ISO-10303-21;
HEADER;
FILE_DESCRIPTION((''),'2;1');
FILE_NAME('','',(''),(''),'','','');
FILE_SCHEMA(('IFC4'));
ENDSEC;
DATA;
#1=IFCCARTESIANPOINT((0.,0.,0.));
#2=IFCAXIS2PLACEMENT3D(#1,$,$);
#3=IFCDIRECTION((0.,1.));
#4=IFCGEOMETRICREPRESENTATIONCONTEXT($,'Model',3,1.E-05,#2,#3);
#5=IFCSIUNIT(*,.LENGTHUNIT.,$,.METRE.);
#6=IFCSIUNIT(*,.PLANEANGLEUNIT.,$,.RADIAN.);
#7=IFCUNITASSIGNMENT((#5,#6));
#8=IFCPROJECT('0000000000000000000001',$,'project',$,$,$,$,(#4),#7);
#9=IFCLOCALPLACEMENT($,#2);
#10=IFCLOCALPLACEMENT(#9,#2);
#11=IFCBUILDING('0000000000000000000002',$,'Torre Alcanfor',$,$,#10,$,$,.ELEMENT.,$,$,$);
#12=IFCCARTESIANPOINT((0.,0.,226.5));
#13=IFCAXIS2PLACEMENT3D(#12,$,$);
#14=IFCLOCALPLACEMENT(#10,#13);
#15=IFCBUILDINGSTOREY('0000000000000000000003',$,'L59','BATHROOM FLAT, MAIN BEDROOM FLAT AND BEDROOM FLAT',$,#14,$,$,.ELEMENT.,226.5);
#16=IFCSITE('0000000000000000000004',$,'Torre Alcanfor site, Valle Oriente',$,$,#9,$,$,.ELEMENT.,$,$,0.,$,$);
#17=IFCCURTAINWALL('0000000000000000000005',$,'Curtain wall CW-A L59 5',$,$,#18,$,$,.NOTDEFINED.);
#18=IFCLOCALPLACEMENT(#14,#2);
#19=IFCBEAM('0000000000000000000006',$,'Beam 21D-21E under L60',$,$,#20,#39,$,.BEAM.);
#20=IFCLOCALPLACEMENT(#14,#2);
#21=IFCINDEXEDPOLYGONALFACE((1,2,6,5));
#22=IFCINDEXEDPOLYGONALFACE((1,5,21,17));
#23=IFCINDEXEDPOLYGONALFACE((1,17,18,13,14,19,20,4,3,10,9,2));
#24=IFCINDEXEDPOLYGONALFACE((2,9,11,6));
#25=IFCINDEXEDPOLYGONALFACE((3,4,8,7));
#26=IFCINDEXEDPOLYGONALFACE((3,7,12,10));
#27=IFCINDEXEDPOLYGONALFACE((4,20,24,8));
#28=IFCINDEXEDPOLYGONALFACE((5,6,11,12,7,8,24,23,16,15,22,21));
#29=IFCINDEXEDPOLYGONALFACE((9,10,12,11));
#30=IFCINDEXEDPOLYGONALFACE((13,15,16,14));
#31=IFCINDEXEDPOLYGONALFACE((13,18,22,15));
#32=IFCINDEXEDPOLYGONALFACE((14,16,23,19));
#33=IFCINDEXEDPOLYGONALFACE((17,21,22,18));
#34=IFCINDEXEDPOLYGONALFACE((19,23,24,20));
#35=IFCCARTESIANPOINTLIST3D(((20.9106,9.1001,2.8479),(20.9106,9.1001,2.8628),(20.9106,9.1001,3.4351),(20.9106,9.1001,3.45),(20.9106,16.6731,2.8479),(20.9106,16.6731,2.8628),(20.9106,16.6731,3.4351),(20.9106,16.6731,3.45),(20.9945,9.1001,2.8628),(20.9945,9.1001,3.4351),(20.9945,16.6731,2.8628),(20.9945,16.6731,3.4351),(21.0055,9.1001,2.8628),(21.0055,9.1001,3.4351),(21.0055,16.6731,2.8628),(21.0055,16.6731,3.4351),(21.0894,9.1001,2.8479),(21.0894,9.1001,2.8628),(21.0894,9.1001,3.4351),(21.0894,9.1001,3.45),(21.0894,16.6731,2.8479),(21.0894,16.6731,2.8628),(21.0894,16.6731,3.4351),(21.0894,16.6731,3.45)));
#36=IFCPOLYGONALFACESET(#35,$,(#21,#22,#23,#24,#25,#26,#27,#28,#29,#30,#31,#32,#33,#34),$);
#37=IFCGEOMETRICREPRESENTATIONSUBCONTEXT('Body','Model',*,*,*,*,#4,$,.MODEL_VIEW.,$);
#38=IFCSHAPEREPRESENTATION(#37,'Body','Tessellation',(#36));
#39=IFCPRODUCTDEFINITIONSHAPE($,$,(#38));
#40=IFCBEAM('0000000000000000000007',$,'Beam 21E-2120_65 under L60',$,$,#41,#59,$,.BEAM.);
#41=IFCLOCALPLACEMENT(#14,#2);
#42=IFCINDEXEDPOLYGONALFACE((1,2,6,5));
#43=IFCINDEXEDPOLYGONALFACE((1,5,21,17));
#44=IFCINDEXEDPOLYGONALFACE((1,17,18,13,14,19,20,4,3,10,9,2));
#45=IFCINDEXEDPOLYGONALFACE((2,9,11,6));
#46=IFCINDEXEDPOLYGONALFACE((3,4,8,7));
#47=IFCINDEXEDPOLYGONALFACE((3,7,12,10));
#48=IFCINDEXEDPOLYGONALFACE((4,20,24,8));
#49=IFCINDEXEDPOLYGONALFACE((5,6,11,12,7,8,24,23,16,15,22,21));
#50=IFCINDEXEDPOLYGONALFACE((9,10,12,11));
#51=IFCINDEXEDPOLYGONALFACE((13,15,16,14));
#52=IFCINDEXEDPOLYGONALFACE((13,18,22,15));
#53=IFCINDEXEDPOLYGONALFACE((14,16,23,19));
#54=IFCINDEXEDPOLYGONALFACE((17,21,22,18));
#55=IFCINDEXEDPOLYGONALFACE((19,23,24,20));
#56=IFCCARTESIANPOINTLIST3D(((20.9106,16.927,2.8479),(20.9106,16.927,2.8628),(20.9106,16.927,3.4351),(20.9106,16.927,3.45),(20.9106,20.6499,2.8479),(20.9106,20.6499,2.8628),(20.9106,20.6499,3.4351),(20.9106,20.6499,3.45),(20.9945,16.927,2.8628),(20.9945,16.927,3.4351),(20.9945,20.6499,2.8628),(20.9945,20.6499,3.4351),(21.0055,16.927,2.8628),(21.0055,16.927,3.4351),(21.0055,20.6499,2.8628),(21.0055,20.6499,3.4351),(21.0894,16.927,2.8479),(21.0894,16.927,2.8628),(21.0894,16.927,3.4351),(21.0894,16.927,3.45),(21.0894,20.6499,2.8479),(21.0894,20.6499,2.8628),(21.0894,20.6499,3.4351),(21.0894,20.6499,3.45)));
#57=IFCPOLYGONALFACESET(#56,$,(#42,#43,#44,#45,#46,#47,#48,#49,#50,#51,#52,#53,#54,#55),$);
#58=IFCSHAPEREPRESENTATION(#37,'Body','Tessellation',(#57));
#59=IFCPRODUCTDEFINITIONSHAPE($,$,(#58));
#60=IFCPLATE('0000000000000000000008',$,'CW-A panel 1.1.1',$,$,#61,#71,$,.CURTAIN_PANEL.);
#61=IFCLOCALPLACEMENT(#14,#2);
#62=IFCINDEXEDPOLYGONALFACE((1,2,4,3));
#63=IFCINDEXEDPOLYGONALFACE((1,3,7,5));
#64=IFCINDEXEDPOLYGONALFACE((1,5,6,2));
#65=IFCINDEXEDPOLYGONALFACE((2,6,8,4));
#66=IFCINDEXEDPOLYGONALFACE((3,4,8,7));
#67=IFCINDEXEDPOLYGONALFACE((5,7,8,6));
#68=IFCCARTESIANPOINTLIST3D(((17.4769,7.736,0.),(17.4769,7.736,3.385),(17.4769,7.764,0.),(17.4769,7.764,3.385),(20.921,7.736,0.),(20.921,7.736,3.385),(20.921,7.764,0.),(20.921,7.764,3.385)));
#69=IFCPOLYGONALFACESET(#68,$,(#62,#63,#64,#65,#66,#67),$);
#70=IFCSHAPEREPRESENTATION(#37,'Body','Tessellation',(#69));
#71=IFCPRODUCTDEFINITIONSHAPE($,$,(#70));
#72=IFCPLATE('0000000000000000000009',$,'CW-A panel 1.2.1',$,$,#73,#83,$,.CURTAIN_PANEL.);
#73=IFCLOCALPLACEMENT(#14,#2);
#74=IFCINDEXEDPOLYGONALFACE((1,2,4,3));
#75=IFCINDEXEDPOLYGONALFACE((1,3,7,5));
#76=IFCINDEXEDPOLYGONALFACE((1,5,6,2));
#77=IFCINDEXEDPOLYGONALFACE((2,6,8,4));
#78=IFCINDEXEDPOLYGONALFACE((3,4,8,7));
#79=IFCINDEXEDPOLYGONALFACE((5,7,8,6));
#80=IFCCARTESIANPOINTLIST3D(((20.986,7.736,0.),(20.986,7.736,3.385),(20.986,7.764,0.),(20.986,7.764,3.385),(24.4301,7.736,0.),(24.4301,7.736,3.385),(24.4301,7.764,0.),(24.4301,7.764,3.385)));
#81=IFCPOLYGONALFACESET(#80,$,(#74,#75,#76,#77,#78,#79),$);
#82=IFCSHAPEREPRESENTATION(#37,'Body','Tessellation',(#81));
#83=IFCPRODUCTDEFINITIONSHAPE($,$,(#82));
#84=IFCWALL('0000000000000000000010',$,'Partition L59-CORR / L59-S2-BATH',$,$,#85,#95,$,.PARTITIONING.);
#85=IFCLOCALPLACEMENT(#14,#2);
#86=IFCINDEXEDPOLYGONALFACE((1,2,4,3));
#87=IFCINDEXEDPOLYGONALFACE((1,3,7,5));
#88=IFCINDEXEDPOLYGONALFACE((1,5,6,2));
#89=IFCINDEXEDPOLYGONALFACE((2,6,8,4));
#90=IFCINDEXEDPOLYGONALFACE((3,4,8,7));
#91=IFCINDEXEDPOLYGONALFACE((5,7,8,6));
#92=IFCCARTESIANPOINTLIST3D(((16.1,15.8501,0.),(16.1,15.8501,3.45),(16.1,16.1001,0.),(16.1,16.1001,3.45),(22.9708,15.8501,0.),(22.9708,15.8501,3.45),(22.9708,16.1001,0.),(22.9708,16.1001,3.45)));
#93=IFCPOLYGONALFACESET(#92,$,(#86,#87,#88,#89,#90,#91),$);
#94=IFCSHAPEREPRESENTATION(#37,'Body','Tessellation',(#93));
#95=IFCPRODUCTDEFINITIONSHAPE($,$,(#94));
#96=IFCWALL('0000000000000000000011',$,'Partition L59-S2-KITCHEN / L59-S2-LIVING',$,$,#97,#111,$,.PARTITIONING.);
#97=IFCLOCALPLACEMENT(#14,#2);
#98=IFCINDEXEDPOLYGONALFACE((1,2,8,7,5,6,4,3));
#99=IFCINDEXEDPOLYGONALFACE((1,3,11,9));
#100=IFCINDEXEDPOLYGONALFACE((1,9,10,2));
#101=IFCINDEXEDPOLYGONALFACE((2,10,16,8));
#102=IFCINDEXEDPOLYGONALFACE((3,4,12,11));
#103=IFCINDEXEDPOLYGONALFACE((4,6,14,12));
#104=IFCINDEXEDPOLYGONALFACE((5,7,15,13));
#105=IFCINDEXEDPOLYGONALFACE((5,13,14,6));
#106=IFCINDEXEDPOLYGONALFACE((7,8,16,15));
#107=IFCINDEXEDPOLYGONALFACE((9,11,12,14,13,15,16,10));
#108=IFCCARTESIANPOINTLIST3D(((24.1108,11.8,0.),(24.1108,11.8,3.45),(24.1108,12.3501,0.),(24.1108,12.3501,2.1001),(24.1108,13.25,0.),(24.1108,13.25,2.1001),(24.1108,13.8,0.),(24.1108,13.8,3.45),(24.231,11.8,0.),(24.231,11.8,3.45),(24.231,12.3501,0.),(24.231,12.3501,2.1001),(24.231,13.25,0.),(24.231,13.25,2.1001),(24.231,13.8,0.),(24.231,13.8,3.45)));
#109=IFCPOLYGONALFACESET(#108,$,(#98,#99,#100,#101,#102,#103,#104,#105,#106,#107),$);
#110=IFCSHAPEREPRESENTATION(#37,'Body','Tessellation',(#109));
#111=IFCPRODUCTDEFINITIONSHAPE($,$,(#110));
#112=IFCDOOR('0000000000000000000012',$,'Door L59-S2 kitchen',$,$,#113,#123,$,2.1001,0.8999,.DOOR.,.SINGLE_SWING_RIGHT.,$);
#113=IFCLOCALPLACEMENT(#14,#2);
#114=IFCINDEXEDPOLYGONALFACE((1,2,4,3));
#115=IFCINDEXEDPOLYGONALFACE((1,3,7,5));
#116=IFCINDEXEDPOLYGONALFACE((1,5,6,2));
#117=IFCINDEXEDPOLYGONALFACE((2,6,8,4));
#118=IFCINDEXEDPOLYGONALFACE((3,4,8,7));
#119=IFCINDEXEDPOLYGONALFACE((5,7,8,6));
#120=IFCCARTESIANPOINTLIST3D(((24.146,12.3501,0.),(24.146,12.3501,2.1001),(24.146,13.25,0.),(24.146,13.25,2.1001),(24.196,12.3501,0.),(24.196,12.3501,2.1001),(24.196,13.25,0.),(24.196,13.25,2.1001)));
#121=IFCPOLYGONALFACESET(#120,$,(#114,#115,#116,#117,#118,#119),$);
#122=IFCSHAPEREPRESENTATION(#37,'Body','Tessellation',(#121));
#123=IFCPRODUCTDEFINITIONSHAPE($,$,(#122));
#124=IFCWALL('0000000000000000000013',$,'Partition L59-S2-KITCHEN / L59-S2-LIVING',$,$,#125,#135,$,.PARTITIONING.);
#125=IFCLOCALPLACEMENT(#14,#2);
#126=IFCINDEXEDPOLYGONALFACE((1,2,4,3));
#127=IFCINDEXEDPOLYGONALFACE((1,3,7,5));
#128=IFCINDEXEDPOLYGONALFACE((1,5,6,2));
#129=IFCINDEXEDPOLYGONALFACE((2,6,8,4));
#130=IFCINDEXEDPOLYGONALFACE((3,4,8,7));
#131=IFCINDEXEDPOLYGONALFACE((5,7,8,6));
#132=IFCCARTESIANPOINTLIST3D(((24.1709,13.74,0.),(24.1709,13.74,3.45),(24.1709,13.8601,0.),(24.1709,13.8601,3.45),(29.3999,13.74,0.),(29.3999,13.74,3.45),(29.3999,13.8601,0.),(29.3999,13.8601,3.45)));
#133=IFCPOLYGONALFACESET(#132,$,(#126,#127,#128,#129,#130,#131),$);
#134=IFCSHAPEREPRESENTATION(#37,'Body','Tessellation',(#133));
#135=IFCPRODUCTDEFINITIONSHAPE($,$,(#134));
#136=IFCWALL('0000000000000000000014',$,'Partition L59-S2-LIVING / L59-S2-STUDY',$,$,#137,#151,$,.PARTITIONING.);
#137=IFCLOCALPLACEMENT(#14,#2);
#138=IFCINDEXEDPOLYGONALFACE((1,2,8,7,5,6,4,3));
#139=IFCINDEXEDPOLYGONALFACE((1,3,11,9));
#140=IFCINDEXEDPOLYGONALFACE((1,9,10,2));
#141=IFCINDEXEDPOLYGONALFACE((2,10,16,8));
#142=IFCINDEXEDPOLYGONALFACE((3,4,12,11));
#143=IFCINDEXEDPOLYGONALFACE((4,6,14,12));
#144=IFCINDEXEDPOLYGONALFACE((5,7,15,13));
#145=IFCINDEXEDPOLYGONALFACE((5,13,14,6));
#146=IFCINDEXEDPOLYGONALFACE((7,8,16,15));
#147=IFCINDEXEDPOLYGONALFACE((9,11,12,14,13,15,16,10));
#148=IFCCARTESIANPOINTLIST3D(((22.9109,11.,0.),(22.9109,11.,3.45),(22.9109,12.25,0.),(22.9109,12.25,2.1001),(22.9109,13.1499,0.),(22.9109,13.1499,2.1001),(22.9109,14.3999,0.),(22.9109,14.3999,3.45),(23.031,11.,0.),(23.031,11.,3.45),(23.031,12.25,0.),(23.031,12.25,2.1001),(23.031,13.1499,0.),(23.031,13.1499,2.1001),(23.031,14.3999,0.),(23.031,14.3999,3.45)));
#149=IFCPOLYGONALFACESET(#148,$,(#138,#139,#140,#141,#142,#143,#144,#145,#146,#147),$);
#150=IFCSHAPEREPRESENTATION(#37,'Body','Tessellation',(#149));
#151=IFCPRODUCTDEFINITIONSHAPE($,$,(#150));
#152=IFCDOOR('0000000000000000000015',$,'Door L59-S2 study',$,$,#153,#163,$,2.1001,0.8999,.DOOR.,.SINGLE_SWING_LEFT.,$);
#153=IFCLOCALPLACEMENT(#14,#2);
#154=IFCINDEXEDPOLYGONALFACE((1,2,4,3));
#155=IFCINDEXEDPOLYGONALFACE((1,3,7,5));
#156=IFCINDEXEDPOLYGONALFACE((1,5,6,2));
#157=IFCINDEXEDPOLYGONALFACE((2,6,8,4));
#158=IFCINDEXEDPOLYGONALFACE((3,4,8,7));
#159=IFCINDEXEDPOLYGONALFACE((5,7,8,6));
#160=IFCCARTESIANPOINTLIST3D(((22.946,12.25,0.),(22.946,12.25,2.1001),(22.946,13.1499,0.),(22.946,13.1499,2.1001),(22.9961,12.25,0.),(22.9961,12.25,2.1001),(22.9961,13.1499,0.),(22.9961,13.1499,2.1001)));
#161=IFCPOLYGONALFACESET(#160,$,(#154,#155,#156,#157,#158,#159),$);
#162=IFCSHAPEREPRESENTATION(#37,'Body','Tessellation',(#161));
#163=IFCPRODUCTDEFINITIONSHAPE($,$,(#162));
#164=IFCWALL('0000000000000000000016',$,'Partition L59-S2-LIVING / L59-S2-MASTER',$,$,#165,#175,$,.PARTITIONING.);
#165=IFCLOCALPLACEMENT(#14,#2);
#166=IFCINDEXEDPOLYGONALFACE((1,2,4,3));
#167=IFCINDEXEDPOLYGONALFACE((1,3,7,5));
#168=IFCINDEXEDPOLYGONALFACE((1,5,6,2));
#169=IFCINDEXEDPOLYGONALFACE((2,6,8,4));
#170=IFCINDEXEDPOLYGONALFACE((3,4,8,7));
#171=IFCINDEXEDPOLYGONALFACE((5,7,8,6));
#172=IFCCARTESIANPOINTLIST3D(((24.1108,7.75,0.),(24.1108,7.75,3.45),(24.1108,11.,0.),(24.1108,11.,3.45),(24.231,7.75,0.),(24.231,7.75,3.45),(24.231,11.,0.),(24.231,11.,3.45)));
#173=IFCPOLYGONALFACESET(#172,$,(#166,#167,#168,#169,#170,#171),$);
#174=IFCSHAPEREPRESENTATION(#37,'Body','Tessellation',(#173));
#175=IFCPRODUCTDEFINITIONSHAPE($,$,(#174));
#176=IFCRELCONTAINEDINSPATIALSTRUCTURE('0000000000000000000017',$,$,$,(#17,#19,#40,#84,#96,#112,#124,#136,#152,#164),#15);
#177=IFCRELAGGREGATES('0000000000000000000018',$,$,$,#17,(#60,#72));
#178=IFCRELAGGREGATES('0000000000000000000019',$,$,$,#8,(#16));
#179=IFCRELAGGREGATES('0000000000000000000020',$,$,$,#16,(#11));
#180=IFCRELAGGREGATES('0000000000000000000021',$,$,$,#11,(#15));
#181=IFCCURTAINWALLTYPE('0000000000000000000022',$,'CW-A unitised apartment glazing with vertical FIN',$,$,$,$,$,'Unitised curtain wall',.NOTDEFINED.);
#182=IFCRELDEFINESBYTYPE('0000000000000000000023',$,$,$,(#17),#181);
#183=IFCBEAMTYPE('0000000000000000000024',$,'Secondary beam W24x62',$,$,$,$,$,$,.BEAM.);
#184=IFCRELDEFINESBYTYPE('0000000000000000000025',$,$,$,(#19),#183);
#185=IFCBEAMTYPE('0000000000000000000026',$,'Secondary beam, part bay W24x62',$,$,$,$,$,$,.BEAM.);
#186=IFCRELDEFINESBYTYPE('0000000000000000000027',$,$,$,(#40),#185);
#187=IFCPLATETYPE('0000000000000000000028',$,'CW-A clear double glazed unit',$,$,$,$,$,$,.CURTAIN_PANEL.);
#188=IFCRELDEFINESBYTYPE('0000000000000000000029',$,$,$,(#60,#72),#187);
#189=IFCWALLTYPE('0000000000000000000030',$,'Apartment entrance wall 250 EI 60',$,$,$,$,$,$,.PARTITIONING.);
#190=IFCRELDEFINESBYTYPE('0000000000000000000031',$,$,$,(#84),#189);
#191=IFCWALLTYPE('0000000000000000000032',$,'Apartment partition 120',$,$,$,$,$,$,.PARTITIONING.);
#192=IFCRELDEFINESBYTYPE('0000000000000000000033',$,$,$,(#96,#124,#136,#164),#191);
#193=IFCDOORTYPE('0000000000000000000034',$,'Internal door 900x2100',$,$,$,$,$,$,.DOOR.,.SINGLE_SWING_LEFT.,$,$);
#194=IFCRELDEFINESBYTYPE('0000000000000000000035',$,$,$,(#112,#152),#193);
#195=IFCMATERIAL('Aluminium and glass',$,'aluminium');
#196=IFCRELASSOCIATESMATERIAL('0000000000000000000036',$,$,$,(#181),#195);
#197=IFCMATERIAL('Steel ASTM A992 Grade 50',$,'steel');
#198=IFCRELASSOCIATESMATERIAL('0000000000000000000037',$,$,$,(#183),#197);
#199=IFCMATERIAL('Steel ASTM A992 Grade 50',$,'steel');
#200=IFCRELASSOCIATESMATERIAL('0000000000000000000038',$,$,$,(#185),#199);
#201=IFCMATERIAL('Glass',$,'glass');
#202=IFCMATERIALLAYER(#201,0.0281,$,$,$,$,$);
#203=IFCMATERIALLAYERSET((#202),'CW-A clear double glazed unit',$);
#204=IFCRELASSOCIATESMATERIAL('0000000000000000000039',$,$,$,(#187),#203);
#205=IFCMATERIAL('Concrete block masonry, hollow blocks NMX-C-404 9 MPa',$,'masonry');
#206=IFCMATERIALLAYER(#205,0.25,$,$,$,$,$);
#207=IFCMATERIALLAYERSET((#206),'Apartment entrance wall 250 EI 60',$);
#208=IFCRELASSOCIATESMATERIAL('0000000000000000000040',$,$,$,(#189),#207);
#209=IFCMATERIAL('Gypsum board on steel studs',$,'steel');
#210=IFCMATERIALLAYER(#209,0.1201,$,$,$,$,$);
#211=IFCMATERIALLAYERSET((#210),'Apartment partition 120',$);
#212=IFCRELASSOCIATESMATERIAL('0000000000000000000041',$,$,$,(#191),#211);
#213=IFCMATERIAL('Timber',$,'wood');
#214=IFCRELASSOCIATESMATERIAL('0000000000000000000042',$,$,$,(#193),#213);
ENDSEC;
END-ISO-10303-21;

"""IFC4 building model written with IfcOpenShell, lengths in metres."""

from ifc_helpers import new_model, si_unit, direction, frame, frame_2d, origin, origin_2d, place, context, subcontext, project, spatial, rectangle, i_section, extrude, material, layer, layer_set, material_profile, profile_set, type_object, element, fill, aggregate, save


model = new_model("IFC4")

# Units and contexts
model_context = context("Model", 3, precision=1e-05, world=origin(), true_north=direction((0.0, 1.0)))
body_context = subcontext(model_context, "Body", "Model", "MODEL_VIEW")
ifc_project = project(units=[si_unit("LENGTHUNIT", "METRE"), si_unit("PLANEANGLEUNIT", "RADIAN")], contexts=[model_context])

# Site, building, storey
site_placement = place(None, origin())
site = spatial("IfcSite", under=ifc_project, at=site_placement, Name="Torre Alcanfor site, Valle Oriente", CompositionType="ELEMENT", RefElevation=0.0)
building_placement = place(site_placement, origin())
building = spatial("IfcBuilding", under=site, at=building_placement, Name="Torre Alcanfor", CompositionType="ELEMENT")
storey_placement = place(building_placement, frame((0.0, 0.0, 226.5)))
storey = spatial("IfcBuildingStorey", under=building, at=storey_placement, Name="L59", Description="BATHROOM FLAT, MAIN BEDROOM FLAT AND BEDROOM FLAT", CompositionType="ELEMENT", Elevation=226.5)

# Curtain wall
ifc_material_1 = material(Name="Aluminium and glass", Category="aluminium")
curtain_wall_type = type_object("IfcCurtainWallType", Name="CW-A unitised apartment glazing with vertical FIN", ElementType="Unitised curtain wall", PredefinedType="NOTDEFINED", material=ifc_material_1)
curtain_wall_placement = place(storey_placement, origin())
curtain_wall = element("IfcCurtainWall", 1, at=curtain_wall_placement, inside=storey, type_object=curtain_wall_type, Name="Curtain wall CW-A L59 5", PredefinedType="NOTDEFINED")

# Beams
ifc_material_2 = material(Name="Steel ASTM A992 Grade 50", Category="steel")
ifc_material_profile_1 = material_profile(ifc_material_2, i_section(OverallWidth=0.1787, OverallDepth=0.6021, WebThickness=0.011, FlangeThickness=0.0149, at=origin_2d()), Name="W24x62")
ifc_profile_set_1 = profile_set([ifc_material_profile_1], Name="Steel ASTM A992 Grade 50")
beam_type_1 = type_object("IfcBeamType", Name="Secondary beam W24x62", PredefinedType="BEAM", material=ifc_profile_set_1)
beam_1_placement = place(storey_placement, frame((21.0, 9.1001, 3.1489), z_axis=(0.0, 1.0, 0.0), x_axis=(-1.0, 0.0, 0.0)))
element("IfcBeam", 2, at=beam_1_placement, inside=storey, type_object=beam_type_1, Name="Beam 21D-21E under L60", PredefinedType="BEAM", context=body_context, shape_type="SweptSolid", body=[
    extrude(i_section(OverallWidth=0.1787, OverallDepth=0.6021, WebThickness=0.011, FlangeThickness=0.0149, at=origin_2d()), origin(), (0.0, 0.0, 1.0), 7.573),
])
ifc_material_3 = material(Name="Steel ASTM A992 Grade 50", Category="steel")
ifc_material_profile_2 = material_profile(ifc_material_3, i_section(OverallWidth=0.1787, OverallDepth=0.6021, WebThickness=0.011, FlangeThickness=0.0149, at=origin_2d()), Name="W24x62")
ifc_profile_set_2 = profile_set([ifc_material_profile_2], Name="Steel ASTM A992 Grade 50")
beam_type_2 = type_object("IfcBeamType", Name="Secondary beam, part bay W24x62", PredefinedType="BEAM", material=ifc_profile_set_2)
beam_2_placement = place(storey_placement, frame((21.0, 16.927, 3.1489), z_axis=(0.0, 1.0, 0.0), x_axis=(-1.0, 0.0, 0.0)))
element("IfcBeam", 3, at=beam_2_placement, inside=storey, type_object=beam_type_2, Name="Beam 21E-2120_65 under L60", PredefinedType="BEAM", context=body_context, shape_type="SweptSolid", body=[
    extrude(i_section(OverallWidth=0.1787, OverallDepth=0.6021, WebThickness=0.011, FlangeThickness=0.0149, at=origin_2d()), origin(), (0.0, 0.0, 1.0), 3.7229),
])

# Plates
ifc_material_4 = material(Name="Glass", Category="glass")
ifc_layer_1 = layer(ifc_material_4, 0.0281)
ifc_layer_set_1 = layer_set([ifc_layer_1], Name="CW-A clear double glazed unit")
plate_type = type_object("IfcPlateType", Name="CW-A clear double glazed unit", PredefinedType="CURTAIN_PANEL", material=ifc_layer_set_1)
plate_1_placement = place(storey_placement, frame((19.199, 7.75, 0.0), z_axis=(0.0, 0.0, 1.0), x_axis=(1.0, 0.0, 0.0)))
plate_1 = element("IfcPlate", 4, at=plate_1_placement, type_object=plate_type, Name="CW-A panel 1.1.1", PredefinedType="CURTAIN_PANEL", context=body_context, shape_type="SweptSolid", body=[
    extrude(rectangle(XDim=3.4441, YDim=0.0281, at=origin_2d()), origin(), (0.0, 0.0, 1.0), 3.385),
])
plate_2_placement = place(storey_placement, frame((22.708, 7.75, 0.0), z_axis=(0.0, 0.0, 1.0), x_axis=(1.0, 0.0, 0.0)))
plate_2 = element("IfcPlate", 5, at=plate_2_placement, type_object=plate_type, Name="CW-A panel 1.2.1", PredefinedType="CURTAIN_PANEL", context=body_context, shape_type="SweptSolid", body=[
    extrude(rectangle(XDim=3.4441, YDim=0.0281, at=origin_2d()), origin(), (0.0, 0.0, 1.0), 3.385),
])
aggregate(curtain_wall, [plate_1, plate_2])

# Wall
ifc_material_5 = material(Name="Concrete block masonry, hollow blocks NMX-C-404 9 MPa", Category="masonry")
ifc_layer_2 = layer(ifc_material_5, 0.25)
ifc_layer_set_2 = layer_set([ifc_layer_2], Name="Apartment entrance wall 250 EI 60")
wall_type_1 = type_object("IfcWallType", Name="Apartment entrance wall 250 EI 60", PredefinedType="PARTITIONING", material=ifc_layer_set_2)
wall_1_placement = place(storey_placement, frame((22.9709, 15.9751, 0.0), z_axis=(0.0, 0.0, 1.0), x_axis=(-1.0, 0.0, 0.0)))
element("IfcWall", 6, at=wall_1_placement, inside=storey, type_object=wall_type_1, Name="Partition L59-CORR / L59-S2-BATH", PredefinedType="PARTITIONING", context=body_context, shape_type="SweptSolid", body=[
    extrude(rectangle(XDim=6.8708, YDim=0.25, at=frame_2d((3.4355, 0.0))), origin(), (0.0, 0.0, 1.0), 3.45),
])

# Wall, opening, door
ifc_material_6 = material(Name="Gypsum board on steel studs", Category="steel")
ifc_layer_3 = layer(ifc_material_6, 0.1201)
ifc_layer_set_3 = layer_set([ifc_layer_3], Name="Apartment partition 120")
wall_type_2 = type_object("IfcWallType", Name="Apartment partition 120", PredefinedType="PARTITIONING", material=ifc_layer_set_3)
wall_2_placement = place(storey_placement, frame((24.1709, 11.8, 0.0), z_axis=(0.0, 0.0, 1.0), x_axis=(0.0, 1.0, 0.0)))
wall_2 = element("IfcWall", 7, at=wall_2_placement, inside=storey, type_object=wall_type_2, Name="Partition L59-S2-KITCHEN / L59-S2-LIVING", PredefinedType="PARTITIONING", context=body_context, shape_type="SweptSolid", body=[
    extrude(rectangle(XDim=2.0, YDim=0.1201, at=frame_2d((1.0, 0.0))), origin(), (0.0, 0.0, 1.0), 3.45),
])
opening_1_placement = place(wall_2_placement, frame((0.55, 0.0, 0.0)))
opening_1 = element("IfcOpeningElement", 8, at=opening_1_placement, cuts=wall_2, PredefinedType="OPENING", context=body_context, shape_type="SweptSolid", body=[
    extrude(rectangle(XDim=0.8999, YDim=2.1001, at=frame_2d((0.45, 1.05))), frame((0.0, 0.0701, 0.0), z_axis=(0.0, -1.0, 0.0), x_axis=(1.0, 0.0, 0.0)), (0.0, 0.0, 1.0), 0.1401),
])
ifc_material_7 = material(Name="Timber", Category="wood")
door_type_1 = type_object("IfcDoorType", Name="Internal door 900x2100", OperationType="SINGLE_SWING_LEFT", PredefinedType="DOOR", material=ifc_material_7)
door_1_placement = place(opening_1_placement, frame((0.8999, 0.0, 0.0), z_axis=(0.0, 0.0, 1.0), x_axis=(-1.0, 0.0, 0.0)))
door_1 = element("IfcDoor", 9, at=door_1_placement, inside=storey, type_object=door_type_1, Name="Door L59-S2 kitchen", OperationType="SINGLE_SWING_RIGHT", OverallHeight=2.1001, OverallWidth=0.8999, PredefinedType="DOOR", context=body_context, shape_type="SweptSolid", body=[
    extrude(rectangle(XDim=0.8999, YDim=2.1001, at=frame_2d((0.45, 1.05))), frame((0.0, 0.0251, 0.0), z_axis=(0.0, -1.0, 0.0), x_axis=(1.0, 0.0, 0.0)), (0.0, 0.0, 1.0), 0.05),
])
fill(opening_1, door_1)

# Wall
wall_3_placement = place(storey_placement, frame((24.1709, 13.8, 0.0), z_axis=(0.0, 0.0, 1.0), x_axis=(1.0, 0.0, 0.0)))
element("IfcWall", 10, at=wall_3_placement, inside=storey, type_object=wall_type_2, Name="Partition L59-S2-KITCHEN / L59-S2-LIVING", PredefinedType="PARTITIONING", context=body_context, shape_type="SweptSolid", body=[
    extrude(rectangle(XDim=5.229, YDim=0.1201, at=frame_2d((2.6145, 0.0))), origin(), (0.0, 0.0, 1.0), 3.45),
])

# Wall, opening, door
wall_4_placement = place(storey_placement, frame((22.9709, 11.0, 0.0), z_axis=(0.0, 0.0, 1.0), x_axis=(0.0, 1.0, 0.0)))
wall_4 = element("IfcWall", 11, at=wall_4_placement, inside=storey, type_object=wall_type_2, Name="Partition L59-S2-LIVING / L59-S2-STUDY", PredefinedType="PARTITIONING", context=body_context, shape_type="SweptSolid", body=[
    extrude(rectangle(XDim=3.3999, YDim=0.1201, at=frame_2d((1.7, 0.0))), origin(), (0.0, 0.0, 1.0), 3.45),
])
opening_2_placement = place(wall_4_placement, frame((1.25, 0.0, 0.0)))
opening_2 = element("IfcOpeningElement", 12, at=opening_2_placement, cuts=wall_4, PredefinedType="OPENING", context=body_context, shape_type="SweptSolid", body=[
    extrude(rectangle(XDim=0.8999, YDim=2.1001, at=frame_2d((0.45, 1.05))), frame((0.0, 0.0701, 0.0), z_axis=(0.0, -1.0, 0.0), x_axis=(1.0, 0.0, 0.0)), (0.0, 0.0, 1.0), 0.1401),
])
door_2_placement = place(opening_2_placement, origin())
door_2 = element("IfcDoor", 13, at=door_2_placement, inside=storey, type_object=door_type_1, Name="Door L59-S2 study", OperationType="SINGLE_SWING_LEFT", OverallHeight=2.1001, OverallWidth=0.8999, PredefinedType="DOOR", context=body_context, shape_type="SweptSolid", body=[
    extrude(rectangle(XDim=0.8999, YDim=2.1001, at=frame_2d((0.45, 1.05))), frame((0.0, 0.0249, 0.0), z_axis=(0.0, -1.0, 0.0), x_axis=(1.0, 0.0, 0.0)), (0.0, 0.0, 1.0), 0.05),
])
fill(opening_2, door_2)

# Wall
wall_5_placement = place(storey_placement, frame((24.1709, 7.75, 0.0), z_axis=(0.0, 0.0, 1.0), x_axis=(0.0, 1.0, 0.0)))
element("IfcWall", 14, at=wall_5_placement, inside=storey, type_object=wall_type_2, Name="Partition L59-S2-LIVING / L59-S2-MASTER", PredefinedType="PARTITIONING", context=body_context, shape_type="SweptSolid", body=[
    extrude(rectangle(XDim=3.25, YDim=0.1201, at=frame_2d((1.625, 0.0))), origin(), (0.0, 0.0, 1.0), 3.45),
])

save(model, "model.ifc")
